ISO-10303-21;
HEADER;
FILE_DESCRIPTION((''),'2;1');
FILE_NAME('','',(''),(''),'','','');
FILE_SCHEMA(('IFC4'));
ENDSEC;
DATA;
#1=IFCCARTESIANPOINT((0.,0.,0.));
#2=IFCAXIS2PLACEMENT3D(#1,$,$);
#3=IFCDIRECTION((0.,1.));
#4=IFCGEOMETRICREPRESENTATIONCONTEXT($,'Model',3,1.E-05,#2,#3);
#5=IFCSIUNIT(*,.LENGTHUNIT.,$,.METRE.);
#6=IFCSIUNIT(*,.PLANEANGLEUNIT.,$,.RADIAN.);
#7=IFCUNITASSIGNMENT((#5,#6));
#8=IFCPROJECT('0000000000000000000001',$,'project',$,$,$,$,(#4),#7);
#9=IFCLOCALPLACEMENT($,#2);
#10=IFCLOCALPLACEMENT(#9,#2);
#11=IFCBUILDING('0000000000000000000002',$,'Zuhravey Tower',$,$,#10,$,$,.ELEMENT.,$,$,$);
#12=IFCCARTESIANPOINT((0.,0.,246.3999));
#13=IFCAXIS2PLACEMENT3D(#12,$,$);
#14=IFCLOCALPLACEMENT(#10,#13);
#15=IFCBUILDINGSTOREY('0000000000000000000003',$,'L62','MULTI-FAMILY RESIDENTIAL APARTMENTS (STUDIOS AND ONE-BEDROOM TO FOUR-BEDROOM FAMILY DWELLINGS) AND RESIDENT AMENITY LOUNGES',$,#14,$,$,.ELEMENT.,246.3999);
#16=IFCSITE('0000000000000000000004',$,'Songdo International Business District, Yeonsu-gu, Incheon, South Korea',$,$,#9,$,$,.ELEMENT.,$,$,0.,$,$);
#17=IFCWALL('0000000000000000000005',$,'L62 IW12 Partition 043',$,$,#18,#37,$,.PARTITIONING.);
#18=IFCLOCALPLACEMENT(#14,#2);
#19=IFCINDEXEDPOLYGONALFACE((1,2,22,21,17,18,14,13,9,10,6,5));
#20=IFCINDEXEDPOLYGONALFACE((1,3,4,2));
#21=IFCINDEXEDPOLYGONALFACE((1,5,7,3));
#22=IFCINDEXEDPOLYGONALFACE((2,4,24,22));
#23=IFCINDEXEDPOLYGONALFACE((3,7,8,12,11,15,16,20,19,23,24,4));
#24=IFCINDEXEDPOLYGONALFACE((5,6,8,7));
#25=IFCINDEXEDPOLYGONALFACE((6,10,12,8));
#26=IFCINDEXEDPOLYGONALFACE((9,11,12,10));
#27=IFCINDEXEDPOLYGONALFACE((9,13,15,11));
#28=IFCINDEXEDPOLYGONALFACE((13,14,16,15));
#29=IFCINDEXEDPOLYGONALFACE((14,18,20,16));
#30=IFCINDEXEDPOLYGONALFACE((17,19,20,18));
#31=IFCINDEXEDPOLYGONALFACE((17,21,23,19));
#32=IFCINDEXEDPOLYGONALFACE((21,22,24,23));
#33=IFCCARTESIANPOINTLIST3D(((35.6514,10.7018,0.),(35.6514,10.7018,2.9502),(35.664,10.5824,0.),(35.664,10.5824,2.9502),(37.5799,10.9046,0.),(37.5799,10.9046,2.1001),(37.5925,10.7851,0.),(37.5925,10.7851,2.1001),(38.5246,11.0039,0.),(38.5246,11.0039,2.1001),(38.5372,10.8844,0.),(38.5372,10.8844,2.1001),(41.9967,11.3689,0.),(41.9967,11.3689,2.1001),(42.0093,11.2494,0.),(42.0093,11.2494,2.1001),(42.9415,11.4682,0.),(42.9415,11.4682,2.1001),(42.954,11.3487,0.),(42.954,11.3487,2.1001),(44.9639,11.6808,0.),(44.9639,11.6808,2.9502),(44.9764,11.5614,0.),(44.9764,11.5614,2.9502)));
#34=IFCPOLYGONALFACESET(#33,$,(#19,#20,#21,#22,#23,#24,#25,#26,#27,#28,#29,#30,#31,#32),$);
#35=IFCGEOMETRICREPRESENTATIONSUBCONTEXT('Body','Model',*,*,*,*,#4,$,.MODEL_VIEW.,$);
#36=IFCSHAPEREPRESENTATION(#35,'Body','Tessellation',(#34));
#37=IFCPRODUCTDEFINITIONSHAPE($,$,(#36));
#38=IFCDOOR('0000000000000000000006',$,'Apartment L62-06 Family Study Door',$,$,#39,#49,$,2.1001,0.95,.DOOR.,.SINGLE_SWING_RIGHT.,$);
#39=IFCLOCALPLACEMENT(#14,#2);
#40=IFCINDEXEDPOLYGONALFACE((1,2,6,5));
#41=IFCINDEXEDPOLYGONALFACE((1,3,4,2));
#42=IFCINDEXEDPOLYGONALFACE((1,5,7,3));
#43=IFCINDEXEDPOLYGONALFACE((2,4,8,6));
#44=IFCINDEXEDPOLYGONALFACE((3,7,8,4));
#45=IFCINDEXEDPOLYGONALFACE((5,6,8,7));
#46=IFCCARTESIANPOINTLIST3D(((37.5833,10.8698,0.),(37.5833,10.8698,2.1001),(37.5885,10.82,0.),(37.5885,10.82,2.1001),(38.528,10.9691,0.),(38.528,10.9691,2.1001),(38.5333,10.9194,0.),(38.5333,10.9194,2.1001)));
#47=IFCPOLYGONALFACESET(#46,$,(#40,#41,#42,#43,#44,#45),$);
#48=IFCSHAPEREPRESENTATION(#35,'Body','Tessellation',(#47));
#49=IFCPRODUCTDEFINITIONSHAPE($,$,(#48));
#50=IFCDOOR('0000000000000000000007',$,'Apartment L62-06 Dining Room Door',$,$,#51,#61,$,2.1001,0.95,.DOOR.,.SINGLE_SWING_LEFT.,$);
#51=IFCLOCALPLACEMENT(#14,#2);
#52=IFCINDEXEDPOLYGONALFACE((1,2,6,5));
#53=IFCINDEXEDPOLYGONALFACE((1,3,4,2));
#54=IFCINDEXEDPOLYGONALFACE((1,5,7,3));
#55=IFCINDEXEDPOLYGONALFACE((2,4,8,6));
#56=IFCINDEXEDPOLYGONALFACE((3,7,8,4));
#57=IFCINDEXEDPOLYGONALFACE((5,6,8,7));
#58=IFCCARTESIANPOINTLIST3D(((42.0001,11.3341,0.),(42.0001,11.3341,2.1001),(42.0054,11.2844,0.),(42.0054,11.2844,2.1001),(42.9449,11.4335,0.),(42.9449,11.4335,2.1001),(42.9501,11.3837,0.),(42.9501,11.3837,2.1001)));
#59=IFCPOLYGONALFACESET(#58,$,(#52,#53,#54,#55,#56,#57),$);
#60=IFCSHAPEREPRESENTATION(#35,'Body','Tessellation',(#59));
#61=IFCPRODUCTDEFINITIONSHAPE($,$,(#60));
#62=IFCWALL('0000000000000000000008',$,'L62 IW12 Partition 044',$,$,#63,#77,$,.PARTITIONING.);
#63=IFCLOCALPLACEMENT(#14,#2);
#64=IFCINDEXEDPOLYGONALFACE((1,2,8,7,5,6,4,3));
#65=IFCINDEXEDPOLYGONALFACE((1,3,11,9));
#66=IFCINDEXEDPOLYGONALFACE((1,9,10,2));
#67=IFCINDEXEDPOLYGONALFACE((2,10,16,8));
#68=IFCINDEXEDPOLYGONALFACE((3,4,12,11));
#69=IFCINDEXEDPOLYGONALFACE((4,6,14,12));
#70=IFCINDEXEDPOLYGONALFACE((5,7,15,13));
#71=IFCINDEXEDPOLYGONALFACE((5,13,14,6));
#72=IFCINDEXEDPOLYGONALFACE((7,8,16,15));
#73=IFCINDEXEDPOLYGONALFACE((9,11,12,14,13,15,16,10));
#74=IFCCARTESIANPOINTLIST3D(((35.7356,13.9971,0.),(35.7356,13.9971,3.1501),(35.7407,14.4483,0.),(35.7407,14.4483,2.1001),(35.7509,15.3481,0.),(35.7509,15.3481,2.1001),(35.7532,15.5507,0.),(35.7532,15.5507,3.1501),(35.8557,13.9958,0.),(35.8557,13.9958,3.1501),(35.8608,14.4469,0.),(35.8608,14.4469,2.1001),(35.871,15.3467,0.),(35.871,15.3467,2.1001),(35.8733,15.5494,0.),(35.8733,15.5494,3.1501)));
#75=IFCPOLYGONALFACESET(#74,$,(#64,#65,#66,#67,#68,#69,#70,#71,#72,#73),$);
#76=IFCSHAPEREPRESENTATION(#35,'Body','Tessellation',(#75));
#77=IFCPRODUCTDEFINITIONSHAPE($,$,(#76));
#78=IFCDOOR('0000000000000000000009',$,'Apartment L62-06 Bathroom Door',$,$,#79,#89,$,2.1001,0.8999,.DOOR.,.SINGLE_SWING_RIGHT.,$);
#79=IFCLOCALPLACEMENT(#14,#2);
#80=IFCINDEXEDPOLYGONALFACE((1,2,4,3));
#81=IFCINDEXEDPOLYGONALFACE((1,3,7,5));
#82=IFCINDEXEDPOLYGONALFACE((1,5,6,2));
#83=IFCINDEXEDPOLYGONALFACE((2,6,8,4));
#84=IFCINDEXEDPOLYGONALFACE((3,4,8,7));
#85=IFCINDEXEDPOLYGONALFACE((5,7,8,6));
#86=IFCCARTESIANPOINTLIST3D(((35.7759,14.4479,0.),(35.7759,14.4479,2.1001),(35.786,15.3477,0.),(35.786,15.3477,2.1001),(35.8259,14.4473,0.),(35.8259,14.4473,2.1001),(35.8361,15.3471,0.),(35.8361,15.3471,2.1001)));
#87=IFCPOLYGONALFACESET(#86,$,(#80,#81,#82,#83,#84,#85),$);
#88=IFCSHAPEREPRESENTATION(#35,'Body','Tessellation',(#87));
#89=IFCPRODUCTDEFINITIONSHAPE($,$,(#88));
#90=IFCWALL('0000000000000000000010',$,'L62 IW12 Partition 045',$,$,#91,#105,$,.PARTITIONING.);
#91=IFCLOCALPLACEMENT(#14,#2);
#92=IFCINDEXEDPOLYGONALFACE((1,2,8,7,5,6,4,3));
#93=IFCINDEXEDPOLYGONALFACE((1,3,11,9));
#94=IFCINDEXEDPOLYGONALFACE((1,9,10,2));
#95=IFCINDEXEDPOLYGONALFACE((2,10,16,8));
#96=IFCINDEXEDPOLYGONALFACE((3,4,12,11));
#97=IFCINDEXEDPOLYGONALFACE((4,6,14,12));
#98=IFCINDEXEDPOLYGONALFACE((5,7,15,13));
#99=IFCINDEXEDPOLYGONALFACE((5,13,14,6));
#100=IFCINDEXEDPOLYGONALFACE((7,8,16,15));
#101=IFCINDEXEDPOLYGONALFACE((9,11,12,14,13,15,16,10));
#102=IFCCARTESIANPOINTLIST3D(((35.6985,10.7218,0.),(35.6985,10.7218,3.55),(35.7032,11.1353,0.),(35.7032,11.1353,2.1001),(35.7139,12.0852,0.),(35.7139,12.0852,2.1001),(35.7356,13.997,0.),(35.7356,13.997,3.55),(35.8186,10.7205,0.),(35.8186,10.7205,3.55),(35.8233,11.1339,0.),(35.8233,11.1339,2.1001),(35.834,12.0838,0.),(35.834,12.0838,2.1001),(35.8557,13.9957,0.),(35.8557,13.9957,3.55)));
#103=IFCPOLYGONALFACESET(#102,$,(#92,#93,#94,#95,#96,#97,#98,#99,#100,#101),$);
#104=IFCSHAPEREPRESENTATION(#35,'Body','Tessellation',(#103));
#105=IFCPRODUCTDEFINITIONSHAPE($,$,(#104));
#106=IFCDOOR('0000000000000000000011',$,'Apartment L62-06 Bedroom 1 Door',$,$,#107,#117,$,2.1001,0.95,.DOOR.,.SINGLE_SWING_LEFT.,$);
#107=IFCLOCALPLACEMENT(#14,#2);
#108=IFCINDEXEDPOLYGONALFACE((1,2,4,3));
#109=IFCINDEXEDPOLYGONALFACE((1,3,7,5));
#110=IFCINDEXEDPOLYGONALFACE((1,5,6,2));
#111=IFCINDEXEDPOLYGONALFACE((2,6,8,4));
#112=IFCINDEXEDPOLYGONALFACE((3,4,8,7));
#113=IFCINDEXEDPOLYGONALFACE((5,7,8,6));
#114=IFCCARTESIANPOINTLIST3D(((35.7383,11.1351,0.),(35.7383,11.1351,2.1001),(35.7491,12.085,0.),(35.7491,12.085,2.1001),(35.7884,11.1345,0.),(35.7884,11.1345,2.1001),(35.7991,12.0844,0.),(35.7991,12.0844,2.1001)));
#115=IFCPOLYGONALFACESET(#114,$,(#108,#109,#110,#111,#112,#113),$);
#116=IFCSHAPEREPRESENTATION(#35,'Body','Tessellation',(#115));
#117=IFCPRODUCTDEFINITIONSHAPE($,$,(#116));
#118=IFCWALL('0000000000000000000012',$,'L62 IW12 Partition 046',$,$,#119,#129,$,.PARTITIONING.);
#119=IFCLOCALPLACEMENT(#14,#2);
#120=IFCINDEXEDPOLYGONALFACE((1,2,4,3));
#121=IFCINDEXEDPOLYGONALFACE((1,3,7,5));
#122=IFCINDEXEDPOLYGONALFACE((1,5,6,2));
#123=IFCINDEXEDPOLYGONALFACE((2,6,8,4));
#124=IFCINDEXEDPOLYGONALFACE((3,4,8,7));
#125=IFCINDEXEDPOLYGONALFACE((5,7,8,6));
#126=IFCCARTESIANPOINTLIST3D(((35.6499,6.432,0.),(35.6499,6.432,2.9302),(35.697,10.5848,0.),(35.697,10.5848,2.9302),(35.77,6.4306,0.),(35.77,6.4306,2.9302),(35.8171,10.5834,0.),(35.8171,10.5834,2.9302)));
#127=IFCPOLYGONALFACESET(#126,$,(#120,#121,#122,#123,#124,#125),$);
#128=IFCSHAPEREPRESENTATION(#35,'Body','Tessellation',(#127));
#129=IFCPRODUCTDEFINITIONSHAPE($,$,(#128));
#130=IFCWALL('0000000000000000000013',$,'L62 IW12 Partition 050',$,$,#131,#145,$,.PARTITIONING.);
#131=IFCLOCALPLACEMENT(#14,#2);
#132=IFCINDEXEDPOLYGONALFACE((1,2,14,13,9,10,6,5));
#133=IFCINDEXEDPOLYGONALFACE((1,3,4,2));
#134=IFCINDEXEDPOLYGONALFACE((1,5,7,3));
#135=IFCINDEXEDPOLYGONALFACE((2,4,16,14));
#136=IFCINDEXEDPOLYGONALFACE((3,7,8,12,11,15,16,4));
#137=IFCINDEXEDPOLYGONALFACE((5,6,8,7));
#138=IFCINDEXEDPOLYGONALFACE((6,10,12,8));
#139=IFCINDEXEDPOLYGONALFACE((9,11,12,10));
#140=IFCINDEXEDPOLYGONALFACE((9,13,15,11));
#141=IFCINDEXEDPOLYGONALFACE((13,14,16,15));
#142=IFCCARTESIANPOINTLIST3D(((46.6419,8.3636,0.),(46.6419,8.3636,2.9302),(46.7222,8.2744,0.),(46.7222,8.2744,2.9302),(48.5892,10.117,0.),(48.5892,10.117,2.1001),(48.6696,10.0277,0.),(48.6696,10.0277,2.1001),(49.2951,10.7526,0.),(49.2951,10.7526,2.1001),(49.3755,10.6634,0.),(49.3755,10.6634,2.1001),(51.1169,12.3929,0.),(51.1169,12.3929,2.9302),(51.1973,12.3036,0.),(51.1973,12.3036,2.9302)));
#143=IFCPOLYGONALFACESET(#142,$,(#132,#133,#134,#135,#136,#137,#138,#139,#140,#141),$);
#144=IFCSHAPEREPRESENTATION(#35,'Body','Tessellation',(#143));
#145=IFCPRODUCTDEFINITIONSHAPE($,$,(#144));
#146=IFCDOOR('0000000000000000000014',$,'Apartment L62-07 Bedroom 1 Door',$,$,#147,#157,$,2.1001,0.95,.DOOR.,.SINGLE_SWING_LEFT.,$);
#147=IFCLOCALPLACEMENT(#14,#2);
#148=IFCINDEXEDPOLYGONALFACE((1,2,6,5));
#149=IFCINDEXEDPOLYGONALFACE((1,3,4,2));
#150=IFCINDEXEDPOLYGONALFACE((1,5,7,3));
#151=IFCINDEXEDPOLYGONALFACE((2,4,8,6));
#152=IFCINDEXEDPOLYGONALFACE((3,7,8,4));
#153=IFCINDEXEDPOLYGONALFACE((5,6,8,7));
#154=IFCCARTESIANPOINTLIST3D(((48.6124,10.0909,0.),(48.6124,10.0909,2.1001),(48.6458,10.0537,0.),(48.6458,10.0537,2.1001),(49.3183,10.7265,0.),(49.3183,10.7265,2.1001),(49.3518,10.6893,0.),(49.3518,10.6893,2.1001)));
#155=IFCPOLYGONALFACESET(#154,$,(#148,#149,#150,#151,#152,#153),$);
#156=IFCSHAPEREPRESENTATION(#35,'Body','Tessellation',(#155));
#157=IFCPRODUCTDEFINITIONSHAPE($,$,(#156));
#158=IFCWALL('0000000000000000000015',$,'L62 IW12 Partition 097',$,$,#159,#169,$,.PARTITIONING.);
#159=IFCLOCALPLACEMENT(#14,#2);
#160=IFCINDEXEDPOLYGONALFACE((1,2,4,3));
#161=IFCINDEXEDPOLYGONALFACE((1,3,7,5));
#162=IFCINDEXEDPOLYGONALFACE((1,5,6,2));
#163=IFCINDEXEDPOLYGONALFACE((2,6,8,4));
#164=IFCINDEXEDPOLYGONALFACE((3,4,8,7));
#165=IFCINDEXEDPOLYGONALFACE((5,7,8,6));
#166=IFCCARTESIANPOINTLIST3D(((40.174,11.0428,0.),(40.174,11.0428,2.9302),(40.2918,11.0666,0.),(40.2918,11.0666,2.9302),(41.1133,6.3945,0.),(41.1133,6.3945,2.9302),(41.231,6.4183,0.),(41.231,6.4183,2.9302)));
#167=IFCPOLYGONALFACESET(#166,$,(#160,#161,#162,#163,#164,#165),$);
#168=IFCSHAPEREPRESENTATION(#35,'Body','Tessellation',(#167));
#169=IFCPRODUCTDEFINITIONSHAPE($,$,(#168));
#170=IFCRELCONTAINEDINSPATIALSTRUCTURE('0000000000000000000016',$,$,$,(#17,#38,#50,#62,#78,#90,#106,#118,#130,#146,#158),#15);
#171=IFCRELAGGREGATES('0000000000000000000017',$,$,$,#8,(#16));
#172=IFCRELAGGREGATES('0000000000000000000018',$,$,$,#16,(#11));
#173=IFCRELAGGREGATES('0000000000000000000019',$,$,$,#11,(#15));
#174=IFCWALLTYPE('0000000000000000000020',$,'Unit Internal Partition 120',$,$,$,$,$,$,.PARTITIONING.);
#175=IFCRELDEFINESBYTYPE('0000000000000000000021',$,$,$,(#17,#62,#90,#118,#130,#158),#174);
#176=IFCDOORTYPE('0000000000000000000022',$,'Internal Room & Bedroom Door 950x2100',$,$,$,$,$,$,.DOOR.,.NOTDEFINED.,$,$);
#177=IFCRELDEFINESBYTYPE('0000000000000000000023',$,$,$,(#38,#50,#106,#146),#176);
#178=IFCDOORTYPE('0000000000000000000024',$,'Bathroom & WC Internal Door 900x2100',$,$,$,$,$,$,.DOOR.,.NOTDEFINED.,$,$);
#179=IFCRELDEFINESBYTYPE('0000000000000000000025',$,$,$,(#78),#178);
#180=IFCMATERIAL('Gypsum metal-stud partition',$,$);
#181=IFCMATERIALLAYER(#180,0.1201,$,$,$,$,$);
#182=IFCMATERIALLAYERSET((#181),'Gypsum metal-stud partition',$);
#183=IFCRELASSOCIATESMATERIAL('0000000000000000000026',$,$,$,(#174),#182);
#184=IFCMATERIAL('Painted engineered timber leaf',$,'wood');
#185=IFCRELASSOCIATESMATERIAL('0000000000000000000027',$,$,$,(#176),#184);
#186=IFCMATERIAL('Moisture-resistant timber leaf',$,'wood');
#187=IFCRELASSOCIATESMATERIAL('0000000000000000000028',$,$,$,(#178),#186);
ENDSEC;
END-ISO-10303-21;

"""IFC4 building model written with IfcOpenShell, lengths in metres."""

from ifc_helpers import new_model, si_unit, direction, frame, frame_2d, origin, place, context, subcontext, project, spatial, rectangle, extrude, material, layer, layer_set, type_object, element, fill, save


model = new_model("IFC4")

# Units and contexts
model_context = context("Model", 3, precision=1e-05, world=origin(), true_north=direction((0.0, 1.0)))
body_context = subcontext(model_context, "Body", "Model", "MODEL_VIEW")
ifc_project = project(units=[si_unit("LENGTHUNIT", "METRE"), si_unit("PLANEANGLEUNIT", "RADIAN")], contexts=[model_context])

# Site, building, storey
site_placement = place(None, origin())
site = spatial("IfcSite", under=ifc_project, at=site_placement, Name="Songdo International Business District, Yeonsu-gu, Incheon, South Korea", CompositionType="ELEMENT", RefElevation=0.0)
building_placement = place(site_placement, origin())
building = spatial("IfcBuilding", under=site, at=building_placement, Name="Zuhravey Tower", CompositionType="ELEMENT")
storey_placement = place(building_placement, frame((0.0, 0.0, 246.3999)))
storey = spatial("IfcBuildingStorey", under=building, at=storey_placement, Name="L62", Description="MULTI-FAMILY RESIDENTIAL APARTMENTS (STUDIOS AND ONE-BEDROOM TO FOUR-BEDROOM FAMILY DWELLINGS) AND RESIDENT AMENITY LOUNGES", CompositionType="ELEMENT", Elevation=246.3999)

# Wall, openings, doors
ifc_material_1 = material(Name="Gypsum metal-stud partition")
ifc_layer_1 = layer(ifc_material_1, 0.1201)
ifc_layer_set_1 = layer_set([ifc_layer_1], Name="Gypsum metal-stud partition")
wall_type_1 = type_object("IfcWallType", Name="Unit Internal Partition 120", PredefinedType="PARTITIONING", material=ifc_layer_set_1)
wall_1_placement = place(storey_placement, frame((35.6577, 10.6421, 0.0), z_axis=(0.0, 0.0, 1.0), x_axis=(0.994519, 0.104552, 0.0)))
wall_1 = element("IfcWall", 1, at=wall_1_placement, inside=storey, type_object=wall_type_1, Name="L62 IW12 Partition 043", PredefinedType="PARTITIONING", context=body_context, shape_type="SweptSolid", body=[
    extrude(rectangle(XDim=9.3638, YDim=0.1201, at=frame_2d((4.6819, 0.0))), origin(), (0.0, 0.0, 1.0), 2.9502),
])
opening_1_placement = place(wall_1_placement, frame((1.939, 0.0, 0.0)))
opening_1 = element("IfcOpeningElement", 2, at=opening_1_placement, cuts=wall_1, PredefinedType="OPENING", context=body_context, shape_type="SweptSolid", body=[
    extrude(rectangle(XDim=0.95, YDim=2.1001, at=frame_2d((0.4751, 1.05))), frame((0.0, 0.072, 0.0), z_axis=(0.0, -1.0, 0.0), x_axis=(1.0, 0.0, 0.0)), (0.0, 0.0, 1.0), 0.144),
])
opening_2_placement = place(wall_1_placement, frame((6.3801, 0.0, 0.0)))
opening_2 = element("IfcOpeningElement", 3, at=opening_2_placement, cuts=wall_1, PredefinedType="OPENING", context=body_context, shape_type="SweptSolid", body=[
    extrude(rectangle(XDim=0.95, YDim=2.1001, at=frame_2d((0.4751, 1.05))), frame((0.0, 0.072, 0.0), z_axis=(0.0, -1.0, 0.0), x_axis=(1.0, 0.0, 0.0)), (0.0, 0.0, 1.0), 0.144),
])
ifc_material_2 = material(Name="Painted engineered timber leaf", Category="wood")
door_type_1 = type_object("IfcDoorType", Name="Internal Room & Bedroom Door 950x2100", OperationType="NOTDEFINED", PredefinedType="DOOR", material=ifc_material_2)
door_1_placement = place(opening_1_placement, frame((0.95, 0.0, 0.0), z_axis=(0.0, 0.0, 1.0), x_axis=(-1.0, 0.0, 0.0)))
door_1 = element("IfcDoor", 4, at=door_1_placement, inside=storey, type_object=door_type_1, Name="Apartment L62-06 Family Study Door", OperationType="SINGLE_SWING_RIGHT", OverallHeight=2.1001, OverallWidth=0.95, PredefinedType="DOOR", context=body_context, shape_type="SweptSolid", body=[
    extrude(rectangle(XDim=0.95, YDim=2.1001, at=frame_2d((0.4751, 1.05))), frame((0.0, 0.0249, 0.0), z_axis=(0.0, -1.0, 0.0), x_axis=(1.0, 0.0, 0.0)), (0.0, 0.0, 1.0), 0.05),
])
fill(opening_1, door_1)
door_2_placement = place(opening_2_placement, frame((0.95, 0.0, 0.0), z_axis=(0.0, 0.0, 1.0), x_axis=(-1.0, 0.0, 0.0)))
door_2 = element("IfcDoor", 5, at=door_2_placement, inside=storey, type_object=door_type_1, Name="Apartment L62-06 Dining Room Door", OperationType="SINGLE_SWING_LEFT", OverallHeight=2.1001, OverallWidth=0.95, PredefinedType="DOOR", context=body_context, shape_type="SweptSolid", body=[
    extrude(rectangle(XDim=0.95, YDim=2.1001, at=frame_2d((0.4751, 1.05))), frame((0.0, 0.0249, 0.0), z_axis=(0.0, -1.0, 0.0), x_axis=(1.0, 0.0, 0.0)), (0.0, 0.0, 1.0), 0.05),
])
fill(opening_2, door_2)

# Walls, openings, doors
wall_2_placement = place(storey_placement, frame((35.8132, 15.55, 0.0), z_axis=(0.0, 0.0, 1.0), x_axis=(-0.011313, -0.999936, 0.0)))
wall_2 = element("IfcWall", 6, at=wall_2_placement, inside=storey, type_object=wall_type_1, Name="L62 IW12 Partition 044", PredefinedType="PARTITIONING", context=body_context, shape_type="SweptSolid", body=[
    extrude(rectangle(XDim=1.5537, YDim=0.1201, at=frame_2d((0.7769, 0.0))), origin(), (0.0, 0.0, 1.0), 3.1501),
])
opening_3_placement = place(wall_2_placement, frame((0.2026, 0.0, 0.0)))
opening_3 = element("IfcOpeningElement", 7, at=opening_3_placement, cuts=wall_2, PredefinedType="OPENING", context=body_context, shape_type="SweptSolid", body=[
    extrude(rectangle(XDim=0.8999, YDim=2.1001, at=frame_2d((0.45, 1.05))), frame((0.0, 0.072, 0.0), z_axis=(0.0, -1.0, 0.0), x_axis=(1.0, 0.0, 0.0)), (0.0, 0.0, 1.0), 0.144),
])
ifc_material_3 = material(Name="Moisture-resistant timber leaf", Category="wood")
door_type_2 = type_object("IfcDoorType", Name="Bathroom & WC Internal Door 900x2100", OperationType="NOTDEFINED", PredefinedType="DOOR", material=ifc_material_3)
door_3_placement = place(opening_3_placement, frame((0.8999, 0.0, 0.0), z_axis=(0.0, 0.0, 1.0), x_axis=(-1.0, 0.0, 0.0)))
door_3 = element("IfcDoor", 8, at=door_3_placement, inside=storey, type_object=door_type_2, Name="Apartment L62-06 Bathroom Door", OperationType="SINGLE_SWING_RIGHT", OverallHeight=2.1001, OverallWidth=0.8999, PredefinedType="DOOR", context=body_context, shape_type="SweptSolid", body=[
    extrude(rectangle(XDim=0.8999, YDim=2.1001, at=frame_2d((0.45, 1.05))), frame((0.0, 0.0249, 0.0), z_axis=(0.0, -1.0, 0.0), x_axis=(1.0, 0.0, 0.0)), (0.0, 0.0, 1.0), 0.05),
])
fill(opening_3, door_3)
wall_3_placement = place(storey_placement, frame((35.7957, 13.9963, 0.0), z_axis=(0.0, 0.0, 1.0), x_axis=(-0.01133, -0.999936, 0.0)))
wall_3 = element("IfcWall", 9, at=wall_3_placement, inside=storey, type_object=wall_type_1, Name="L62 IW12 Partition 045", PredefinedType="PARTITIONING", context=body_context, shape_type="SweptSolid", body=[
    extrude(rectangle(XDim=3.2754, YDim=0.1201, at=frame_2d((1.6377, 0.0))), origin(), (0.0, 0.0, 1.0), 3.55),
])
opening_4_placement = place(wall_3_placement, frame((1.9119, 0.0, 0.0)))
opening_4 = element("IfcOpeningElement", 10, at=opening_4_placement, cuts=wall_3, PredefinedType="OPENING", context=body_context, shape_type="SweptSolid", body=[
    extrude(rectangle(XDim=0.95, YDim=2.1001, at=frame_2d((0.4751, 1.05))), frame((0.0, 0.072, 0.0), z_axis=(0.0, -1.0, 0.0), x_axis=(1.0, 0.0, 0.0)), (0.0, 0.0, 1.0), 0.144),
])
door_4_placement = place(opening_4_placement, frame((0.95, 0.0, 0.0), z_axis=(0.0, 0.0, 1.0), x_axis=(-1.0, 0.0, 0.0)))
door_4 = element("IfcDoor", 11, at=door_4_placement, inside=storey, type_object=door_type_1, Name="Apartment L62-06 Bedroom 1 Door", OperationType="SINGLE_SWING_LEFT", OverallHeight=2.1001, OverallWidth=0.95, PredefinedType="DOOR", context=body_context, shape_type="SweptSolid", body=[
    extrude(rectangle(XDim=0.95, YDim=2.1001, at=frame_2d((0.4751, 1.05))), frame((0.0, 0.0249, 0.0), z_axis=(0.0, -1.0, 0.0), x_axis=(1.0, 0.0, 0.0)), (0.0, 0.0, 1.0), 0.05),
])
fill(opening_4, door_4)

# Wall
wall_4_placement = place(storey_placement, frame((35.7571, 10.5842, 0.0), z_axis=(0.0, 0.0, 1.0), x_axis=(-0.011346, -0.999936, 0.0)))
element("IfcWall", 12, at=wall_4_placement, inside=storey, type_object=wall_type_1, Name="L62 IW12 Partition 046", PredefinedType="PARTITIONING", context=body_context, shape_type="SweptSolid", body=[
    extrude(rectangle(XDim=4.1531, YDim=0.1201, at=frame_2d((2.0767, 0.0))), origin(), (0.0, 0.0, 1.0), 2.9302),
])

# Wall, opening, door
wall_5_placement = place(storey_placement, frame((46.6821, 8.3191, 0.0), z_axis=(0.0, 0.0, 1.0), x_axis=(0.743153, 0.669122, 0.0)))
wall_5 = element("IfcWall", 13, at=wall_5_placement, inside=storey, type_object=wall_type_1, Name="L62 IW12 Partition 050", PredefinedType="PARTITIONING", context=body_context, shape_type="SweptSolid", body=[
    extrude(rectangle(XDim=6.0217, YDim=0.1201, at=frame_2d((3.0107, 0.0))), origin(), (0.0, 0.0, 1.0), 2.9302),
])
opening_5_placement = place(wall_5_placement, frame((2.6201, 0.0, 0.0)))
opening_5 = element("IfcOpeningElement", 14, at=opening_5_placement, cuts=wall_5, PredefinedType="OPENING", context=body_context, shape_type="SweptSolid", body=[
    extrude(rectangle(XDim=0.95, YDim=2.1001, at=frame_2d((0.4751, 1.05))), frame((0.0, 0.072, 0.0), z_axis=(0.0, -1.0, 0.0), x_axis=(1.0, 0.0, 0.0)), (0.0, 0.0, 1.0), 0.144),
])
door_5_placement = place(opening_5_placement, frame((0.95, 0.0, 0.0), z_axis=(0.0, 0.0, 1.0), x_axis=(-1.0, 0.0, 0.0)))
door_5 = element("IfcDoor", 15, at=door_5_placement, inside=storey, type_object=door_type_1, Name="Apartment L62-07 Bedroom 1 Door", OperationType="SINGLE_SWING_LEFT", OverallHeight=2.1001, OverallWidth=0.95, PredefinedType="DOOR", context=body_context, shape_type="SweptSolid", body=[
    extrude(rectangle(XDim=0.95, YDim=2.1001, at=frame_2d((0.4751, 1.05))), frame((0.0, 0.0249, 0.0), z_axis=(0.0, -1.0, 0.0), x_axis=(1.0, 0.0, 0.0)), (0.0, 0.0, 1.0), 0.05),
])
fill(opening_5, door_5)

# Wall
wall_6_placement = place(storey_placement, frame((40.2329, 11.0547, 0.0), z_axis=(0.0, 0.0, 1.0), x_axis=(0.198056, -0.980191, 0.0)))
element("IfcWall", 16, at=wall_6_placement, inside=storey, type_object=wall_type_1, Name="L62 IW12 Partition 097", PredefinedType="PARTITIONING", context=body_context, shape_type="SweptSolid", body=[
    extrude(rectangle(XDim=4.7422, YDim=0.1201, at=frame_2d((2.3711, 0.0))), origin(), (0.0, 0.0, 1.0), 2.9302),
])

save(model, "model.ifc")
